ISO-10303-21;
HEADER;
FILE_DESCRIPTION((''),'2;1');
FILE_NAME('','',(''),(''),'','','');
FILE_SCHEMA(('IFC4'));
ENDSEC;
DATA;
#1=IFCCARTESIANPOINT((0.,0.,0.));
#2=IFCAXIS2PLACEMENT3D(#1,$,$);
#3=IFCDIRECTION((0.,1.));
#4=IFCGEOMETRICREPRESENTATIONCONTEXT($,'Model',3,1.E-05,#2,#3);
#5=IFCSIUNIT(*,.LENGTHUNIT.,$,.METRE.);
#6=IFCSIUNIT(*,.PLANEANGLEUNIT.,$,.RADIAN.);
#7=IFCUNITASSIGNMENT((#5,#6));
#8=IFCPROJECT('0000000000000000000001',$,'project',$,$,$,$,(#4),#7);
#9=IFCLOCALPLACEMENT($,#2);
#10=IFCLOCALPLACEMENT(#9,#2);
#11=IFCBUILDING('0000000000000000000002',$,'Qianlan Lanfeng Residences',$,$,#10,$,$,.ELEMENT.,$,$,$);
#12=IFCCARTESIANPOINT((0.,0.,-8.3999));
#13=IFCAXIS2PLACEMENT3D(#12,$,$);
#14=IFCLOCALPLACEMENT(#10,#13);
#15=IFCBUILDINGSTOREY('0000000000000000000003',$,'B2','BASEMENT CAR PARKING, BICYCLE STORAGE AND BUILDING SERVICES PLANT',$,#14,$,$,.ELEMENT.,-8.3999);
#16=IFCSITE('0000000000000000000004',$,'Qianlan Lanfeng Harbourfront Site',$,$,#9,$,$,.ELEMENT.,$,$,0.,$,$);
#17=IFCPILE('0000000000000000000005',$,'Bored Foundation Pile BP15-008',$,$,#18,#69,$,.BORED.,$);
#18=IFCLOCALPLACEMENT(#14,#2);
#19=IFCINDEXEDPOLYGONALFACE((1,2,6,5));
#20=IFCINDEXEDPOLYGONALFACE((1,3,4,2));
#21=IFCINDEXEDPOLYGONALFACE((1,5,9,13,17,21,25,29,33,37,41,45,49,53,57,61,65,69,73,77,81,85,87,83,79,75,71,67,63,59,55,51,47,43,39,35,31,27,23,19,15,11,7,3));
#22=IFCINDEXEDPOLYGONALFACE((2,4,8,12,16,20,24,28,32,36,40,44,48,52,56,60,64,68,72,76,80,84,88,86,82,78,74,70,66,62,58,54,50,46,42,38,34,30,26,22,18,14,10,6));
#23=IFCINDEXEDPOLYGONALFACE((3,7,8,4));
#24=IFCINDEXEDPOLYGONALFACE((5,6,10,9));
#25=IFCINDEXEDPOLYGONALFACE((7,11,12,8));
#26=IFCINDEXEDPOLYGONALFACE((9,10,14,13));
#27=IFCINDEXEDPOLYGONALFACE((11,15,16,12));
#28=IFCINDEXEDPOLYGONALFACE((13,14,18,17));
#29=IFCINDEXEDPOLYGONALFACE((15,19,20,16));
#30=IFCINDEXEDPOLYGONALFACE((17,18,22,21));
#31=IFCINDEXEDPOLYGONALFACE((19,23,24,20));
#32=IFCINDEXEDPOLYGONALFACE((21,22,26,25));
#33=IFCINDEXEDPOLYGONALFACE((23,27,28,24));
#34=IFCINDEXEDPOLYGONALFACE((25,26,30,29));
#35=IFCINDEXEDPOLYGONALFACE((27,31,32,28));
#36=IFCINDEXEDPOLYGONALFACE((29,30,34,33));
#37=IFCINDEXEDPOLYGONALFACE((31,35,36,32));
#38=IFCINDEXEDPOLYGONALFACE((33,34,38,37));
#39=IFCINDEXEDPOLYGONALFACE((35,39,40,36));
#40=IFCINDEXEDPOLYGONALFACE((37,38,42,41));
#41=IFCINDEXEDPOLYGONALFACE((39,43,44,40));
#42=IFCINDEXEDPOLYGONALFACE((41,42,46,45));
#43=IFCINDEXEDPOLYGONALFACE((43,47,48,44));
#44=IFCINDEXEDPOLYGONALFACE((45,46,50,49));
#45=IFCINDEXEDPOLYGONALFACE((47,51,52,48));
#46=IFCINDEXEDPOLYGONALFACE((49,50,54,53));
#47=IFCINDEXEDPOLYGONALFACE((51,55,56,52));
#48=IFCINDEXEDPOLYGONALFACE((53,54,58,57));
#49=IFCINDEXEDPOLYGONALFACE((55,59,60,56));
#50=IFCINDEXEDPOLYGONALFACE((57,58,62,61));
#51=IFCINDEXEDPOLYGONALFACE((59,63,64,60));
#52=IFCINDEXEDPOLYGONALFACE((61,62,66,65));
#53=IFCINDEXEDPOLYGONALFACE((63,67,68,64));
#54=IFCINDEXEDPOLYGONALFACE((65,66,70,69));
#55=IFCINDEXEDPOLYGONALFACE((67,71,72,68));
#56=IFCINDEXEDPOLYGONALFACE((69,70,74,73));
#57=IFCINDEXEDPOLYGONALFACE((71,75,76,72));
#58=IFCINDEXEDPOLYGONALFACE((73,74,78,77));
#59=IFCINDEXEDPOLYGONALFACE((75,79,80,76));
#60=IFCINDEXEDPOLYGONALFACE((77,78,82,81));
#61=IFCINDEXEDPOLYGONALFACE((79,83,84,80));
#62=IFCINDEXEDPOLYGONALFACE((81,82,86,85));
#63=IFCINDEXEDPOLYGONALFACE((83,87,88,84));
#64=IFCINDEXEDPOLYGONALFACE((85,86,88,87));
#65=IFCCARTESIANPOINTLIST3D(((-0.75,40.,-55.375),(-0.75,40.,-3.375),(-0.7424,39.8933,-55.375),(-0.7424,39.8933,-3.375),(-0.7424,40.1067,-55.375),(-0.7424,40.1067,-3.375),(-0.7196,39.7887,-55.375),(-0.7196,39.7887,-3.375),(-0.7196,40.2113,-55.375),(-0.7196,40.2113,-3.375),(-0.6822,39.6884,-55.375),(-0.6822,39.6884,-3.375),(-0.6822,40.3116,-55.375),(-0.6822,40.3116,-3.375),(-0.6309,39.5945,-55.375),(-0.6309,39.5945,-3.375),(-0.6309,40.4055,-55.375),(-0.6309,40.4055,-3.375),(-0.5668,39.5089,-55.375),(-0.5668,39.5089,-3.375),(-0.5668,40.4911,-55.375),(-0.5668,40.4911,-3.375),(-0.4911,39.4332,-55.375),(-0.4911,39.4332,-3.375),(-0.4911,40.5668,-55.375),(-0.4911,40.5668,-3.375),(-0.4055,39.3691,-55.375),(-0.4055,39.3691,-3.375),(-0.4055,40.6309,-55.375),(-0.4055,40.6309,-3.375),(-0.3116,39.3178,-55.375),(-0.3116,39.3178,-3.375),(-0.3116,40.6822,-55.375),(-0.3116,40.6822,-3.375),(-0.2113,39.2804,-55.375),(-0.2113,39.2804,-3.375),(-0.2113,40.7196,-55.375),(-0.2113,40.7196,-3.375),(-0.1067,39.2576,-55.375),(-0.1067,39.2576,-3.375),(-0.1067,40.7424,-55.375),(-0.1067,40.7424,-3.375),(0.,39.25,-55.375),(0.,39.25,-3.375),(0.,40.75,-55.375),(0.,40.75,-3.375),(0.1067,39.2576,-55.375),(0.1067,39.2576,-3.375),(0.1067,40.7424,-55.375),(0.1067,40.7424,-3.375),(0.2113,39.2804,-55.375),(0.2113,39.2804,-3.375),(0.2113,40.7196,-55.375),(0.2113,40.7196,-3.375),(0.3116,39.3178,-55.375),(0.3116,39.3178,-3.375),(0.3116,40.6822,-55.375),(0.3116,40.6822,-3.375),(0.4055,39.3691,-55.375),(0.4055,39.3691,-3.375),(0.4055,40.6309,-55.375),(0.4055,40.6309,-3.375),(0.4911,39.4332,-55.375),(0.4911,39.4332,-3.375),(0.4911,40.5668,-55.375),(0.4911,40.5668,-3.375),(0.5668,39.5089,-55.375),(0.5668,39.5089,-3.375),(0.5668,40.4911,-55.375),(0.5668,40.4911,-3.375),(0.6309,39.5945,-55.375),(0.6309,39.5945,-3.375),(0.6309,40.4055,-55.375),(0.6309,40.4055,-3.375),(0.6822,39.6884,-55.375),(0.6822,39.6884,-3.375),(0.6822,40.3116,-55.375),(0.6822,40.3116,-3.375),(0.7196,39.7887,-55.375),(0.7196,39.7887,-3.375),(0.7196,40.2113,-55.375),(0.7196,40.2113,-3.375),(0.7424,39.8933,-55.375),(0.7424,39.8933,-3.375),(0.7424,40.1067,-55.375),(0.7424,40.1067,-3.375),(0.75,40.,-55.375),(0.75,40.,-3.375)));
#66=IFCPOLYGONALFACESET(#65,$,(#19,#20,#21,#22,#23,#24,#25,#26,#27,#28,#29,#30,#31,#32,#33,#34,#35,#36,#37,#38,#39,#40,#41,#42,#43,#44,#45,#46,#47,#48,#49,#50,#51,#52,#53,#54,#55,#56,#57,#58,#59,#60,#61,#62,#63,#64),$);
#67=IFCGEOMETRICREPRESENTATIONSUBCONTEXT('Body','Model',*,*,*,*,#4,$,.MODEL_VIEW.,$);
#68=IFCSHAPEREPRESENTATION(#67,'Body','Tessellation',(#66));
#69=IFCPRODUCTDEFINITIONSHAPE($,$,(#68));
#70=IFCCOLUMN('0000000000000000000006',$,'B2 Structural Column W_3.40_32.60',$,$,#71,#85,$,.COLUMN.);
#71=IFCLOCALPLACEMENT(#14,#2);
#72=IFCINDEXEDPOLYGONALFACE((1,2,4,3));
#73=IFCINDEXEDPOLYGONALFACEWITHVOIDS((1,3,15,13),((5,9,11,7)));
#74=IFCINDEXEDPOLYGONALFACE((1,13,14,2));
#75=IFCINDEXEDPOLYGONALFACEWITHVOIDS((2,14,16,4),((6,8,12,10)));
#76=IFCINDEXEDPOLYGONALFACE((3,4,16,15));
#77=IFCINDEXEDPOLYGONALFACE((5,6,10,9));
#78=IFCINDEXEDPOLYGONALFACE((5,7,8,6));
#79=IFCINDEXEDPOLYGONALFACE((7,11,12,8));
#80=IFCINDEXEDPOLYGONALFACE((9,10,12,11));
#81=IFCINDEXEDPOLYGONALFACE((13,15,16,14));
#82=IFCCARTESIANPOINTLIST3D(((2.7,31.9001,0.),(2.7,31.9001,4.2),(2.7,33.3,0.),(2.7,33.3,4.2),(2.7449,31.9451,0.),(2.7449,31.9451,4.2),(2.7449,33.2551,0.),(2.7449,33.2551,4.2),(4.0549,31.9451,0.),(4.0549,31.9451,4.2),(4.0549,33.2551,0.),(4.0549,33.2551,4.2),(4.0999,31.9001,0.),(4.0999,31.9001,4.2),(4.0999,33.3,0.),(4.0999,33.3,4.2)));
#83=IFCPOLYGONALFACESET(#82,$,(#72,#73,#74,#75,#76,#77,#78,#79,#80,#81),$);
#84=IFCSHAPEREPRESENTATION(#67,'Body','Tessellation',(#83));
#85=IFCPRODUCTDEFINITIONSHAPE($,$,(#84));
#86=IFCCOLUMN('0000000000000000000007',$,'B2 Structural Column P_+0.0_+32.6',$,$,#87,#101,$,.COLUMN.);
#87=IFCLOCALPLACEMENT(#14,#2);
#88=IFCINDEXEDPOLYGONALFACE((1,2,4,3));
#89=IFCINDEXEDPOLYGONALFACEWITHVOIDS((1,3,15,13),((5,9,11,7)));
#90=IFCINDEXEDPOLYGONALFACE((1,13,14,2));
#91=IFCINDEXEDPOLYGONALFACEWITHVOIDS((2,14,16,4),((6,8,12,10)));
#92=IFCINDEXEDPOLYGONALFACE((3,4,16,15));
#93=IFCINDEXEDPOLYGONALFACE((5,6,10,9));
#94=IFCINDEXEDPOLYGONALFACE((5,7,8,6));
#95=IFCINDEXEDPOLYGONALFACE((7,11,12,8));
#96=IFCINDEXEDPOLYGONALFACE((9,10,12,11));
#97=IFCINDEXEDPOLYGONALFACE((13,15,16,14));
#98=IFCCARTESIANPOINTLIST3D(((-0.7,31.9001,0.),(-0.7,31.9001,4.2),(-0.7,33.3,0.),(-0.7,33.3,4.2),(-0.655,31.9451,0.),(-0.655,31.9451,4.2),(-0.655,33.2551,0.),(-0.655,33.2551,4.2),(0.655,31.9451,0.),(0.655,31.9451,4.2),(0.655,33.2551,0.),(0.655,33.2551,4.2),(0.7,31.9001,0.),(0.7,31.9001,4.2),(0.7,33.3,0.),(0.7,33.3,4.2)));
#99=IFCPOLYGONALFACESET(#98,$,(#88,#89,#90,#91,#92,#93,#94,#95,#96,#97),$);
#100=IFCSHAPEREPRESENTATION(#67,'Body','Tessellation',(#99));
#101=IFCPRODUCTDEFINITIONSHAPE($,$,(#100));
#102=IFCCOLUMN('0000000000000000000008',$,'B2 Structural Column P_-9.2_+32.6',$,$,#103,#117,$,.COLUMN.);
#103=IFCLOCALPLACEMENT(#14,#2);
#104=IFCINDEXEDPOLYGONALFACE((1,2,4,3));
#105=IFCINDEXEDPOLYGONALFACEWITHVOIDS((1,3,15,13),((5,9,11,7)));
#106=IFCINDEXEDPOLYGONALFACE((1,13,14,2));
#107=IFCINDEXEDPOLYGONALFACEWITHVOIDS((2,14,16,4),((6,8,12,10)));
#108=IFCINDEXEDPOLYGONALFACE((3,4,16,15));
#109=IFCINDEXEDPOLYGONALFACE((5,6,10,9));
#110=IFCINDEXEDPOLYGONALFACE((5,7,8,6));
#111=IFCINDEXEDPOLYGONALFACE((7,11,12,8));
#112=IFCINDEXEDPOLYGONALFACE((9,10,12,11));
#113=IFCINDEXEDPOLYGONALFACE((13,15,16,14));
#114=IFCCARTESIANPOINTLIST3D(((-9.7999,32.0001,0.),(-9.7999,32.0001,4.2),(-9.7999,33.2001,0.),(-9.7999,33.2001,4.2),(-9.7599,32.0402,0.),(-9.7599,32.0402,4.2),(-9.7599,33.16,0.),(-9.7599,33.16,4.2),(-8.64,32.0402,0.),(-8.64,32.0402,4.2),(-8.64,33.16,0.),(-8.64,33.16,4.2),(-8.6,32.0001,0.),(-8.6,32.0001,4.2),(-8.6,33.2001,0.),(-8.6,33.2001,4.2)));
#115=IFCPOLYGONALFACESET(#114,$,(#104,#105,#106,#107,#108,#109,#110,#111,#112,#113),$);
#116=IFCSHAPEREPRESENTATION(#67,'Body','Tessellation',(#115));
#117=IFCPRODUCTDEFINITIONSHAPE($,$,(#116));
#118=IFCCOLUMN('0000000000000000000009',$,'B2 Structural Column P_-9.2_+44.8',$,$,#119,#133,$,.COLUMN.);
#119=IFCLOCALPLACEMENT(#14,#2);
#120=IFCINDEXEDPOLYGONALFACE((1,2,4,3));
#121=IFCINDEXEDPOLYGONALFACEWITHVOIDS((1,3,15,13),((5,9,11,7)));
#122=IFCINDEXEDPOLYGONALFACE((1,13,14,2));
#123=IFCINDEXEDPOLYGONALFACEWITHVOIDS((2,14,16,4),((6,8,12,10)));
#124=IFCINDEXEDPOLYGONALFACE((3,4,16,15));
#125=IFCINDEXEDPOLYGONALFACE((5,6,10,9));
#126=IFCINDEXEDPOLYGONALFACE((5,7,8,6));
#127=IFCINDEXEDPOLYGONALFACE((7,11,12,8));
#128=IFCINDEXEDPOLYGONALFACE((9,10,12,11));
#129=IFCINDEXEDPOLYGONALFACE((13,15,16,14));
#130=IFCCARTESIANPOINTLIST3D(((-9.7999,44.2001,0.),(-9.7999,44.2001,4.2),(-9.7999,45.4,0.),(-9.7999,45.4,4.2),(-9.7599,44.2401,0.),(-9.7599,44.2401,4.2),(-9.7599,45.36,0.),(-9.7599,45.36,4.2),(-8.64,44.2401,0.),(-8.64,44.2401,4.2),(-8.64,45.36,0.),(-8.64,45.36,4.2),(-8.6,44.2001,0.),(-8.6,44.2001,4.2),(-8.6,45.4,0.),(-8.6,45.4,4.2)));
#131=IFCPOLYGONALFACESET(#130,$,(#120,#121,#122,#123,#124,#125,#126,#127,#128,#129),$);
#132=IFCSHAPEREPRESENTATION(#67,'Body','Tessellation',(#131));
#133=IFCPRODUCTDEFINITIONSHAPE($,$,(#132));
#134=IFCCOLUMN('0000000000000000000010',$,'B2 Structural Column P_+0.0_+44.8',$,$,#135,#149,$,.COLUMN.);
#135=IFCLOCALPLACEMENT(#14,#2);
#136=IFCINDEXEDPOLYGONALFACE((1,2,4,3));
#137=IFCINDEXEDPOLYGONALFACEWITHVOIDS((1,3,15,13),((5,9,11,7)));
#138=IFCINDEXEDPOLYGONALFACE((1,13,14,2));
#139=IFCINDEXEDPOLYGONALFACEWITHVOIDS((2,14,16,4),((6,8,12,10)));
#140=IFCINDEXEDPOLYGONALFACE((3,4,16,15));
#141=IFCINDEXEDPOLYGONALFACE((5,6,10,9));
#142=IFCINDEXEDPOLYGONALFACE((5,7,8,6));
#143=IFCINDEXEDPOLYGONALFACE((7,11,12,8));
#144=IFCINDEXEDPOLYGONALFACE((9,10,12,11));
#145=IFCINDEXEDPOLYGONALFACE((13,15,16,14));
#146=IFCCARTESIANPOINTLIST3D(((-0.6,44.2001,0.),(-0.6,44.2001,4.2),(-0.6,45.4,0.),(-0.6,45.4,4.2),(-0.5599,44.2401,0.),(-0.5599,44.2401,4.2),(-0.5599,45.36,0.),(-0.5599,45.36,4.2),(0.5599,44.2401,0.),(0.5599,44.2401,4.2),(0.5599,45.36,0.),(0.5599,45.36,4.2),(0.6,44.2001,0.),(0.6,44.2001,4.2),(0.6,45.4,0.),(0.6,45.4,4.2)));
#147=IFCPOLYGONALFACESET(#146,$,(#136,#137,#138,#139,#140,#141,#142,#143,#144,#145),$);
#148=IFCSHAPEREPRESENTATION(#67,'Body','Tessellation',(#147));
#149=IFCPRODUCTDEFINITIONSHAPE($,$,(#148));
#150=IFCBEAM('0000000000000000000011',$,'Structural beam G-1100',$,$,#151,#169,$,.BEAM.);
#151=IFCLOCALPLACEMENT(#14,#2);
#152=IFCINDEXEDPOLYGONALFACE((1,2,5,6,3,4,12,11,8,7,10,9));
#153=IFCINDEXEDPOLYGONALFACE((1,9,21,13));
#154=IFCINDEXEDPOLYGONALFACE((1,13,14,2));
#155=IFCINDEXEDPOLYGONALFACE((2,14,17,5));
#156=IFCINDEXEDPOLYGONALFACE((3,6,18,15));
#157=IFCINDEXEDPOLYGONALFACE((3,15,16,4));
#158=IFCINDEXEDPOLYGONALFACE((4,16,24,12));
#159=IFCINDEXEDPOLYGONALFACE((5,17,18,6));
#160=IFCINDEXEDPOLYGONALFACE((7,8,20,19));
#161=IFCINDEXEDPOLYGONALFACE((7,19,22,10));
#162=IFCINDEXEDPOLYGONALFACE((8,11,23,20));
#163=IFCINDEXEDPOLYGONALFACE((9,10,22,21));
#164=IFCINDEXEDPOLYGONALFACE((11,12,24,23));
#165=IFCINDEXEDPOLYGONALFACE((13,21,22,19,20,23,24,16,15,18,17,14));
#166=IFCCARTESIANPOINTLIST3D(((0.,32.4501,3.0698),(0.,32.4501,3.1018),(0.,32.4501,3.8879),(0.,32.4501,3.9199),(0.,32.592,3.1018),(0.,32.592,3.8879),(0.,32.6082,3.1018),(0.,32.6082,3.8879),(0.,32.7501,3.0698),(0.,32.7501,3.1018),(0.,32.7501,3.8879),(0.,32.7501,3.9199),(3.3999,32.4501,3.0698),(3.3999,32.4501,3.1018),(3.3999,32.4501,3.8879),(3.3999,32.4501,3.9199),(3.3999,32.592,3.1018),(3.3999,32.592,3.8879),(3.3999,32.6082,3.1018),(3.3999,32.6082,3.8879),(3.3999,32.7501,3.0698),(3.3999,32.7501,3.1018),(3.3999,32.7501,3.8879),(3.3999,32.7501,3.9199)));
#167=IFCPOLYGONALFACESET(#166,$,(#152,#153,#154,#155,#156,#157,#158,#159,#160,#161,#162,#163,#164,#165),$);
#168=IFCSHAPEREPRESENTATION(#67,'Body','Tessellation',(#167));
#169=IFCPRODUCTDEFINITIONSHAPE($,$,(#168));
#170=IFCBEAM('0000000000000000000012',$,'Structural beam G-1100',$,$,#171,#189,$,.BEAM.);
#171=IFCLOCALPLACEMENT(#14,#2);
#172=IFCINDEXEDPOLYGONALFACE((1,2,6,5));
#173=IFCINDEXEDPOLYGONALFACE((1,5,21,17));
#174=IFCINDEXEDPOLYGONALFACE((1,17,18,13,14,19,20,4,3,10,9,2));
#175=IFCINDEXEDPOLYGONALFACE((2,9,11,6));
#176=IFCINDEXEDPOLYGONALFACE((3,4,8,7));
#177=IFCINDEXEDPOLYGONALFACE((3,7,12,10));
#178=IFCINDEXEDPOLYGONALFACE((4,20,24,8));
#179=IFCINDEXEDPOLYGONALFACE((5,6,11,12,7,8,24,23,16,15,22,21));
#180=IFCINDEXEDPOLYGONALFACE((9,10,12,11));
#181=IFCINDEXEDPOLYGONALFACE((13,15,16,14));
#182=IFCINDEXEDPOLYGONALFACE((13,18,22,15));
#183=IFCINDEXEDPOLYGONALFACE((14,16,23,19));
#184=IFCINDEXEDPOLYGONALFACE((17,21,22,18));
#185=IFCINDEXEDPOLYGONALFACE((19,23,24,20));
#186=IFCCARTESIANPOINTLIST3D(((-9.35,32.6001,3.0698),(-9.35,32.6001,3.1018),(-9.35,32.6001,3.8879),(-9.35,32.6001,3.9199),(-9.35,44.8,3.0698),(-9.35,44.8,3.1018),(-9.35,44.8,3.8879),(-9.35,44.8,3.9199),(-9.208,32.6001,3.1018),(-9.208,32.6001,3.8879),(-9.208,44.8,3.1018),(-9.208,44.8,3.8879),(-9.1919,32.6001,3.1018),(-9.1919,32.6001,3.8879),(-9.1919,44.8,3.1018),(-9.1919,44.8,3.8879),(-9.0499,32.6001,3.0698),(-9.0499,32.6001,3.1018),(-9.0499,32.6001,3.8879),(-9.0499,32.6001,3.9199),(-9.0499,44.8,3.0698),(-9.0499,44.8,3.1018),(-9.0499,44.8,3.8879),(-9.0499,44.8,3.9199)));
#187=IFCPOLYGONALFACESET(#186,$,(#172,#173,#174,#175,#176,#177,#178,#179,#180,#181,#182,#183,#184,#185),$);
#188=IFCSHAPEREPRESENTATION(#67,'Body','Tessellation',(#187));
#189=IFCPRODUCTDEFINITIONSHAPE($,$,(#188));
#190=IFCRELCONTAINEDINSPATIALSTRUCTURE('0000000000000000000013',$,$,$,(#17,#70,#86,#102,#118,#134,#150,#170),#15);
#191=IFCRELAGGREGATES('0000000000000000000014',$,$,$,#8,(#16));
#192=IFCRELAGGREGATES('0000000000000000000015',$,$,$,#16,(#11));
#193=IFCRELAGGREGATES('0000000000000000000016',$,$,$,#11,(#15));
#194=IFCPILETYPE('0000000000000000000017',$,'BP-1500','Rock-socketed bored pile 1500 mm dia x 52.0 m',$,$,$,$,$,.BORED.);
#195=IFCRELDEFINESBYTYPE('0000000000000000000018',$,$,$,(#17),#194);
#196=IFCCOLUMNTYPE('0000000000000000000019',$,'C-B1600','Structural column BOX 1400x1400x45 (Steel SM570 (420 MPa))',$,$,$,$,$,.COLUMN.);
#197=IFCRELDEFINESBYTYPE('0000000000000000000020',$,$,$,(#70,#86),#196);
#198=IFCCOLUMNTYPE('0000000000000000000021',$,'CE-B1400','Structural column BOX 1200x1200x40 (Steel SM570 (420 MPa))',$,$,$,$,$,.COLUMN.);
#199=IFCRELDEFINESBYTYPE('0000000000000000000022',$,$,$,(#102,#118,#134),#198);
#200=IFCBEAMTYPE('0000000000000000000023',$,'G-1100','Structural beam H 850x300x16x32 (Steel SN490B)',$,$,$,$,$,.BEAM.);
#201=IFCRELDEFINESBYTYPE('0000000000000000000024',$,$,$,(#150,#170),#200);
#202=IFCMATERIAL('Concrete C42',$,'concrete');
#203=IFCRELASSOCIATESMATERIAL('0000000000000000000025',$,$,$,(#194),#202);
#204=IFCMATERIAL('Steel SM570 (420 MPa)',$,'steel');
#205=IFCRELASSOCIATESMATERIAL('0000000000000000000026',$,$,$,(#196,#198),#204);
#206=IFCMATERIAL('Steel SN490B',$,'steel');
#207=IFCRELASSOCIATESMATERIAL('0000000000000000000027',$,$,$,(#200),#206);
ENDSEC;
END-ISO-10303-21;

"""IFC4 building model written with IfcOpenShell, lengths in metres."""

from ifc_helpers import new_model, si_unit, direction, frame, origin, origin_2d, place, context, subcontext, project, spatial, hollow_rectangle, circle, i_section, extrude, material, material_profile, profile_set, type_object, element, save


model = new_model("IFC4")

# Units and contexts
model_context = context("Model", 3, precision=1e-05, world=origin(), true_north=direction((0.0, 1.0)))
body_context = subcontext(model_context, "Body", "Model", "MODEL_VIEW")
ifc_project = project(units=[si_unit("LENGTHUNIT", "METRE"), si_unit("PLANEANGLEUNIT", "RADIAN")], contexts=[model_context])

# Site, building, storey
site_placement = place(None, origin())
site = spatial("IfcSite", under=ifc_project, at=site_placement, Name="Qianlan Lanfeng Harbourfront Site", CompositionType="ELEMENT", RefElevation=0.0)
building_placement = place(site_placement, origin())
building = spatial("IfcBuilding", under=site, at=building_placement, Name="Qianlan Lanfeng Residences", CompositionType="ELEMENT")
storey_placement = place(building_placement, frame((0.0, 0.0, -8.3999)))
storey = spatial("IfcBuildingStorey", under=building, at=storey_placement, Name="B2", Description="BASEMENT CAR PARKING, BICYCLE STORAGE AND BUILDING SERVICES PLANT", CompositionType="ELEMENT", Elevation=-8.3999)

# Pile
ifc_material_1 = material(Name="Concrete C42", Category="concrete")
ifc_material_profile_1 = material_profile(ifc_material_1, circle(Radius=0.75, at=origin_2d()), Name="PILE D1500")
ifc_profile_set_1 = profile_set([ifc_material_profile_1], Name="Concrete C42")
pile_type_1 = type_object("IfcPileType", Name="BP-1500", Description="Rock-socketed bored pile 1500 mm dia x 52.0 m", PredefinedType="BORED", material=ifc_profile_set_1)
for number, where, z_axis, x_axis, name in (
    (1, (0.0, 40.0, -3.375), (0.0, 0.0, -1.0), (1.0, 0.0, 0.0), "Bored Foundation Pile BP15-008"),
):
    element("IfcPile", number, at=place(storey_placement, frame(where, z_axis=z_axis, x_axis=x_axis)), inside=storey, type_object=pile_type_1, Name=name, PredefinedType="BORED", context=body_context, shape_type="SweptSolid", body=[
        extrude(circle(Radius=0.75, at=origin_2d()), origin(), (0.0, 0.0, 1.0), 52.0),
    ])

# Columns
ifc_material_2 = material(Name="Steel SM570 (420 MPa)", Category="steel")
ifc_material_profile_2 = material_profile(ifc_material_2, hollow_rectangle(XDim=1.3999, YDim=1.3999, WallThickness=0.0449, at=origin_2d()), Name="BOX 1400x1400x45")
ifc_profile_set_2 = profile_set([ifc_material_profile_2], Name="Steel SM570 (420 MPa)")
column_type_1 = type_object("IfcColumnType", Name="C-B1600", Description="Structural column BOX 1400x1400x45 (Steel SM570 (420 MPa))", PredefinedType="COLUMN", material=ifc_profile_set_2)
for number, where, z_axis, x_axis, name in (
    (2, (3.3999, 32.6001, 0.0), (0.0, 0.0, 1.0), (1.0, 0.0, 0.0), "B2 Structural Column W_3.40_32.60"),
    (3, (0.0, 32.6001, 0.0), (0.0, 0.0, 1.0), (1.0, 0.0, 0.0), "B2 Structural Column P_+0.0_+32.6"),
):
    element("IfcColumn", number, at=place(storey_placement, frame(where, z_axis=z_axis, x_axis=x_axis)), inside=storey, type_object=column_type_1, Name=name, PredefinedType="COLUMN", context=body_context, shape_type="SweptSolid", body=[
        extrude(hollow_rectangle(XDim=1.3999, YDim=1.3999, WallThickness=0.0449, at=origin_2d()), origin(), (0.0, 0.0, 1.0), 4.2),
    ])
ifc_material_profile_3 = material_profile(ifc_material_2, hollow_rectangle(XDim=1.2, YDim=1.2, WallThickness=0.04, at=origin_2d()), Name="BOX 1200x1200x40")
ifc_profile_set_3 = profile_set([ifc_material_profile_3], Name="Steel SM570 (420 MPa)")
column_type_2 = type_object("IfcColumnType", Name="CE-B1400", Description="Structural column BOX 1200x1200x40 (Steel SM570 (420 MPa))", PredefinedType="COLUMN", material=ifc_profile_set_3)
for number, where, z_axis, x_axis, name in (
    (4, (-9.2, 32.6001, 0.0), (0.0, 0.0, 1.0), (1.0, 0.0, 0.0), "B2 Structural Column P_-9.2_+32.6"),
    (5, (-9.2, 44.8, 0.0), (0.0, 0.0, 1.0), (1.0, 0.0, 0.0), "B2 Structural Column P_-9.2_+44.8"),
    (6, (0.0, 44.8, 0.0), (0.0, 0.0, 1.0), (1.0, 0.0, 0.0), "B2 Structural Column P_+0.0_+44.8"),
):
    element("IfcColumn", number, at=place(storey_placement, frame(where, z_axis=z_axis, x_axis=x_axis)), inside=storey, type_object=column_type_2, Name=name, PredefinedType="COLUMN", context=body_context, shape_type="SweptSolid", body=[
        extrude(hollow_rectangle(XDim=1.2, YDim=1.2, WallThickness=0.04, at=origin_2d()), origin(), (0.0, 0.0, 1.0), 4.2),
    ])

# Beams
ifc_material_3 = material(Name="Steel SN490B", Category="steel")
ifc_material_profile_4 = material_profile(ifc_material_3, i_section(OverallWidth=0.3, OverallDepth=0.8501, WebThickness=0.0161, FlangeThickness=0.032, at=origin_2d()), Name="H 850x300x16x32")
ifc_profile_set_4 = profile_set([ifc_material_profile_4], Name="Steel SN490B")
beam_type_1 = type_object("IfcBeamType", Name="G-1100", Description="Structural beam H 850x300x16x32 (Steel SN490B)", PredefinedType="BEAM", material=ifc_profile_set_4)
beam_1_placement = place(storey_placement, frame((0.0, 32.6001, 3.4949), z_axis=(1.0, 0.0, 0.0), x_axis=(0.0, 1.0, 0.0)))
element("IfcBeam", 7, at=beam_1_placement, inside=storey, type_object=beam_type_1, Name="Structural beam G-1100", PredefinedType="BEAM", context=body_context, shape_type="SweptSolid", body=[
    extrude(i_section(OverallWidth=0.3, OverallDepth=0.8501, WebThickness=0.0161, FlangeThickness=0.032, at=origin_2d()), origin(), (0.0, 0.0, 1.0), 3.3999),
])
for number, where, z_axis, x_axis, name in (
    (8, (-9.2, 32.6001, 3.4949), (0.0, 1.0, 0.0), (-1.0, 0.0, 0.0), "Structural beam G-1100"),
):
    element("IfcBeam", number, at=place(storey_placement, frame(where, z_axis=z_axis, x_axis=x_axis)), inside=storey, type_object=beam_type_1, Name=name, PredefinedType="BEAM", context=body_context, shape_type="SweptSolid", body=[
        extrude(i_section(OverallWidth=0.3, OverallDepth=0.8501, WebThickness=0.0161, FlangeThickness=0.032, at=origin_2d()), origin(), (0.0, 0.0, 1.0), 12.2),
    ])

save(model, "model.ifc")
